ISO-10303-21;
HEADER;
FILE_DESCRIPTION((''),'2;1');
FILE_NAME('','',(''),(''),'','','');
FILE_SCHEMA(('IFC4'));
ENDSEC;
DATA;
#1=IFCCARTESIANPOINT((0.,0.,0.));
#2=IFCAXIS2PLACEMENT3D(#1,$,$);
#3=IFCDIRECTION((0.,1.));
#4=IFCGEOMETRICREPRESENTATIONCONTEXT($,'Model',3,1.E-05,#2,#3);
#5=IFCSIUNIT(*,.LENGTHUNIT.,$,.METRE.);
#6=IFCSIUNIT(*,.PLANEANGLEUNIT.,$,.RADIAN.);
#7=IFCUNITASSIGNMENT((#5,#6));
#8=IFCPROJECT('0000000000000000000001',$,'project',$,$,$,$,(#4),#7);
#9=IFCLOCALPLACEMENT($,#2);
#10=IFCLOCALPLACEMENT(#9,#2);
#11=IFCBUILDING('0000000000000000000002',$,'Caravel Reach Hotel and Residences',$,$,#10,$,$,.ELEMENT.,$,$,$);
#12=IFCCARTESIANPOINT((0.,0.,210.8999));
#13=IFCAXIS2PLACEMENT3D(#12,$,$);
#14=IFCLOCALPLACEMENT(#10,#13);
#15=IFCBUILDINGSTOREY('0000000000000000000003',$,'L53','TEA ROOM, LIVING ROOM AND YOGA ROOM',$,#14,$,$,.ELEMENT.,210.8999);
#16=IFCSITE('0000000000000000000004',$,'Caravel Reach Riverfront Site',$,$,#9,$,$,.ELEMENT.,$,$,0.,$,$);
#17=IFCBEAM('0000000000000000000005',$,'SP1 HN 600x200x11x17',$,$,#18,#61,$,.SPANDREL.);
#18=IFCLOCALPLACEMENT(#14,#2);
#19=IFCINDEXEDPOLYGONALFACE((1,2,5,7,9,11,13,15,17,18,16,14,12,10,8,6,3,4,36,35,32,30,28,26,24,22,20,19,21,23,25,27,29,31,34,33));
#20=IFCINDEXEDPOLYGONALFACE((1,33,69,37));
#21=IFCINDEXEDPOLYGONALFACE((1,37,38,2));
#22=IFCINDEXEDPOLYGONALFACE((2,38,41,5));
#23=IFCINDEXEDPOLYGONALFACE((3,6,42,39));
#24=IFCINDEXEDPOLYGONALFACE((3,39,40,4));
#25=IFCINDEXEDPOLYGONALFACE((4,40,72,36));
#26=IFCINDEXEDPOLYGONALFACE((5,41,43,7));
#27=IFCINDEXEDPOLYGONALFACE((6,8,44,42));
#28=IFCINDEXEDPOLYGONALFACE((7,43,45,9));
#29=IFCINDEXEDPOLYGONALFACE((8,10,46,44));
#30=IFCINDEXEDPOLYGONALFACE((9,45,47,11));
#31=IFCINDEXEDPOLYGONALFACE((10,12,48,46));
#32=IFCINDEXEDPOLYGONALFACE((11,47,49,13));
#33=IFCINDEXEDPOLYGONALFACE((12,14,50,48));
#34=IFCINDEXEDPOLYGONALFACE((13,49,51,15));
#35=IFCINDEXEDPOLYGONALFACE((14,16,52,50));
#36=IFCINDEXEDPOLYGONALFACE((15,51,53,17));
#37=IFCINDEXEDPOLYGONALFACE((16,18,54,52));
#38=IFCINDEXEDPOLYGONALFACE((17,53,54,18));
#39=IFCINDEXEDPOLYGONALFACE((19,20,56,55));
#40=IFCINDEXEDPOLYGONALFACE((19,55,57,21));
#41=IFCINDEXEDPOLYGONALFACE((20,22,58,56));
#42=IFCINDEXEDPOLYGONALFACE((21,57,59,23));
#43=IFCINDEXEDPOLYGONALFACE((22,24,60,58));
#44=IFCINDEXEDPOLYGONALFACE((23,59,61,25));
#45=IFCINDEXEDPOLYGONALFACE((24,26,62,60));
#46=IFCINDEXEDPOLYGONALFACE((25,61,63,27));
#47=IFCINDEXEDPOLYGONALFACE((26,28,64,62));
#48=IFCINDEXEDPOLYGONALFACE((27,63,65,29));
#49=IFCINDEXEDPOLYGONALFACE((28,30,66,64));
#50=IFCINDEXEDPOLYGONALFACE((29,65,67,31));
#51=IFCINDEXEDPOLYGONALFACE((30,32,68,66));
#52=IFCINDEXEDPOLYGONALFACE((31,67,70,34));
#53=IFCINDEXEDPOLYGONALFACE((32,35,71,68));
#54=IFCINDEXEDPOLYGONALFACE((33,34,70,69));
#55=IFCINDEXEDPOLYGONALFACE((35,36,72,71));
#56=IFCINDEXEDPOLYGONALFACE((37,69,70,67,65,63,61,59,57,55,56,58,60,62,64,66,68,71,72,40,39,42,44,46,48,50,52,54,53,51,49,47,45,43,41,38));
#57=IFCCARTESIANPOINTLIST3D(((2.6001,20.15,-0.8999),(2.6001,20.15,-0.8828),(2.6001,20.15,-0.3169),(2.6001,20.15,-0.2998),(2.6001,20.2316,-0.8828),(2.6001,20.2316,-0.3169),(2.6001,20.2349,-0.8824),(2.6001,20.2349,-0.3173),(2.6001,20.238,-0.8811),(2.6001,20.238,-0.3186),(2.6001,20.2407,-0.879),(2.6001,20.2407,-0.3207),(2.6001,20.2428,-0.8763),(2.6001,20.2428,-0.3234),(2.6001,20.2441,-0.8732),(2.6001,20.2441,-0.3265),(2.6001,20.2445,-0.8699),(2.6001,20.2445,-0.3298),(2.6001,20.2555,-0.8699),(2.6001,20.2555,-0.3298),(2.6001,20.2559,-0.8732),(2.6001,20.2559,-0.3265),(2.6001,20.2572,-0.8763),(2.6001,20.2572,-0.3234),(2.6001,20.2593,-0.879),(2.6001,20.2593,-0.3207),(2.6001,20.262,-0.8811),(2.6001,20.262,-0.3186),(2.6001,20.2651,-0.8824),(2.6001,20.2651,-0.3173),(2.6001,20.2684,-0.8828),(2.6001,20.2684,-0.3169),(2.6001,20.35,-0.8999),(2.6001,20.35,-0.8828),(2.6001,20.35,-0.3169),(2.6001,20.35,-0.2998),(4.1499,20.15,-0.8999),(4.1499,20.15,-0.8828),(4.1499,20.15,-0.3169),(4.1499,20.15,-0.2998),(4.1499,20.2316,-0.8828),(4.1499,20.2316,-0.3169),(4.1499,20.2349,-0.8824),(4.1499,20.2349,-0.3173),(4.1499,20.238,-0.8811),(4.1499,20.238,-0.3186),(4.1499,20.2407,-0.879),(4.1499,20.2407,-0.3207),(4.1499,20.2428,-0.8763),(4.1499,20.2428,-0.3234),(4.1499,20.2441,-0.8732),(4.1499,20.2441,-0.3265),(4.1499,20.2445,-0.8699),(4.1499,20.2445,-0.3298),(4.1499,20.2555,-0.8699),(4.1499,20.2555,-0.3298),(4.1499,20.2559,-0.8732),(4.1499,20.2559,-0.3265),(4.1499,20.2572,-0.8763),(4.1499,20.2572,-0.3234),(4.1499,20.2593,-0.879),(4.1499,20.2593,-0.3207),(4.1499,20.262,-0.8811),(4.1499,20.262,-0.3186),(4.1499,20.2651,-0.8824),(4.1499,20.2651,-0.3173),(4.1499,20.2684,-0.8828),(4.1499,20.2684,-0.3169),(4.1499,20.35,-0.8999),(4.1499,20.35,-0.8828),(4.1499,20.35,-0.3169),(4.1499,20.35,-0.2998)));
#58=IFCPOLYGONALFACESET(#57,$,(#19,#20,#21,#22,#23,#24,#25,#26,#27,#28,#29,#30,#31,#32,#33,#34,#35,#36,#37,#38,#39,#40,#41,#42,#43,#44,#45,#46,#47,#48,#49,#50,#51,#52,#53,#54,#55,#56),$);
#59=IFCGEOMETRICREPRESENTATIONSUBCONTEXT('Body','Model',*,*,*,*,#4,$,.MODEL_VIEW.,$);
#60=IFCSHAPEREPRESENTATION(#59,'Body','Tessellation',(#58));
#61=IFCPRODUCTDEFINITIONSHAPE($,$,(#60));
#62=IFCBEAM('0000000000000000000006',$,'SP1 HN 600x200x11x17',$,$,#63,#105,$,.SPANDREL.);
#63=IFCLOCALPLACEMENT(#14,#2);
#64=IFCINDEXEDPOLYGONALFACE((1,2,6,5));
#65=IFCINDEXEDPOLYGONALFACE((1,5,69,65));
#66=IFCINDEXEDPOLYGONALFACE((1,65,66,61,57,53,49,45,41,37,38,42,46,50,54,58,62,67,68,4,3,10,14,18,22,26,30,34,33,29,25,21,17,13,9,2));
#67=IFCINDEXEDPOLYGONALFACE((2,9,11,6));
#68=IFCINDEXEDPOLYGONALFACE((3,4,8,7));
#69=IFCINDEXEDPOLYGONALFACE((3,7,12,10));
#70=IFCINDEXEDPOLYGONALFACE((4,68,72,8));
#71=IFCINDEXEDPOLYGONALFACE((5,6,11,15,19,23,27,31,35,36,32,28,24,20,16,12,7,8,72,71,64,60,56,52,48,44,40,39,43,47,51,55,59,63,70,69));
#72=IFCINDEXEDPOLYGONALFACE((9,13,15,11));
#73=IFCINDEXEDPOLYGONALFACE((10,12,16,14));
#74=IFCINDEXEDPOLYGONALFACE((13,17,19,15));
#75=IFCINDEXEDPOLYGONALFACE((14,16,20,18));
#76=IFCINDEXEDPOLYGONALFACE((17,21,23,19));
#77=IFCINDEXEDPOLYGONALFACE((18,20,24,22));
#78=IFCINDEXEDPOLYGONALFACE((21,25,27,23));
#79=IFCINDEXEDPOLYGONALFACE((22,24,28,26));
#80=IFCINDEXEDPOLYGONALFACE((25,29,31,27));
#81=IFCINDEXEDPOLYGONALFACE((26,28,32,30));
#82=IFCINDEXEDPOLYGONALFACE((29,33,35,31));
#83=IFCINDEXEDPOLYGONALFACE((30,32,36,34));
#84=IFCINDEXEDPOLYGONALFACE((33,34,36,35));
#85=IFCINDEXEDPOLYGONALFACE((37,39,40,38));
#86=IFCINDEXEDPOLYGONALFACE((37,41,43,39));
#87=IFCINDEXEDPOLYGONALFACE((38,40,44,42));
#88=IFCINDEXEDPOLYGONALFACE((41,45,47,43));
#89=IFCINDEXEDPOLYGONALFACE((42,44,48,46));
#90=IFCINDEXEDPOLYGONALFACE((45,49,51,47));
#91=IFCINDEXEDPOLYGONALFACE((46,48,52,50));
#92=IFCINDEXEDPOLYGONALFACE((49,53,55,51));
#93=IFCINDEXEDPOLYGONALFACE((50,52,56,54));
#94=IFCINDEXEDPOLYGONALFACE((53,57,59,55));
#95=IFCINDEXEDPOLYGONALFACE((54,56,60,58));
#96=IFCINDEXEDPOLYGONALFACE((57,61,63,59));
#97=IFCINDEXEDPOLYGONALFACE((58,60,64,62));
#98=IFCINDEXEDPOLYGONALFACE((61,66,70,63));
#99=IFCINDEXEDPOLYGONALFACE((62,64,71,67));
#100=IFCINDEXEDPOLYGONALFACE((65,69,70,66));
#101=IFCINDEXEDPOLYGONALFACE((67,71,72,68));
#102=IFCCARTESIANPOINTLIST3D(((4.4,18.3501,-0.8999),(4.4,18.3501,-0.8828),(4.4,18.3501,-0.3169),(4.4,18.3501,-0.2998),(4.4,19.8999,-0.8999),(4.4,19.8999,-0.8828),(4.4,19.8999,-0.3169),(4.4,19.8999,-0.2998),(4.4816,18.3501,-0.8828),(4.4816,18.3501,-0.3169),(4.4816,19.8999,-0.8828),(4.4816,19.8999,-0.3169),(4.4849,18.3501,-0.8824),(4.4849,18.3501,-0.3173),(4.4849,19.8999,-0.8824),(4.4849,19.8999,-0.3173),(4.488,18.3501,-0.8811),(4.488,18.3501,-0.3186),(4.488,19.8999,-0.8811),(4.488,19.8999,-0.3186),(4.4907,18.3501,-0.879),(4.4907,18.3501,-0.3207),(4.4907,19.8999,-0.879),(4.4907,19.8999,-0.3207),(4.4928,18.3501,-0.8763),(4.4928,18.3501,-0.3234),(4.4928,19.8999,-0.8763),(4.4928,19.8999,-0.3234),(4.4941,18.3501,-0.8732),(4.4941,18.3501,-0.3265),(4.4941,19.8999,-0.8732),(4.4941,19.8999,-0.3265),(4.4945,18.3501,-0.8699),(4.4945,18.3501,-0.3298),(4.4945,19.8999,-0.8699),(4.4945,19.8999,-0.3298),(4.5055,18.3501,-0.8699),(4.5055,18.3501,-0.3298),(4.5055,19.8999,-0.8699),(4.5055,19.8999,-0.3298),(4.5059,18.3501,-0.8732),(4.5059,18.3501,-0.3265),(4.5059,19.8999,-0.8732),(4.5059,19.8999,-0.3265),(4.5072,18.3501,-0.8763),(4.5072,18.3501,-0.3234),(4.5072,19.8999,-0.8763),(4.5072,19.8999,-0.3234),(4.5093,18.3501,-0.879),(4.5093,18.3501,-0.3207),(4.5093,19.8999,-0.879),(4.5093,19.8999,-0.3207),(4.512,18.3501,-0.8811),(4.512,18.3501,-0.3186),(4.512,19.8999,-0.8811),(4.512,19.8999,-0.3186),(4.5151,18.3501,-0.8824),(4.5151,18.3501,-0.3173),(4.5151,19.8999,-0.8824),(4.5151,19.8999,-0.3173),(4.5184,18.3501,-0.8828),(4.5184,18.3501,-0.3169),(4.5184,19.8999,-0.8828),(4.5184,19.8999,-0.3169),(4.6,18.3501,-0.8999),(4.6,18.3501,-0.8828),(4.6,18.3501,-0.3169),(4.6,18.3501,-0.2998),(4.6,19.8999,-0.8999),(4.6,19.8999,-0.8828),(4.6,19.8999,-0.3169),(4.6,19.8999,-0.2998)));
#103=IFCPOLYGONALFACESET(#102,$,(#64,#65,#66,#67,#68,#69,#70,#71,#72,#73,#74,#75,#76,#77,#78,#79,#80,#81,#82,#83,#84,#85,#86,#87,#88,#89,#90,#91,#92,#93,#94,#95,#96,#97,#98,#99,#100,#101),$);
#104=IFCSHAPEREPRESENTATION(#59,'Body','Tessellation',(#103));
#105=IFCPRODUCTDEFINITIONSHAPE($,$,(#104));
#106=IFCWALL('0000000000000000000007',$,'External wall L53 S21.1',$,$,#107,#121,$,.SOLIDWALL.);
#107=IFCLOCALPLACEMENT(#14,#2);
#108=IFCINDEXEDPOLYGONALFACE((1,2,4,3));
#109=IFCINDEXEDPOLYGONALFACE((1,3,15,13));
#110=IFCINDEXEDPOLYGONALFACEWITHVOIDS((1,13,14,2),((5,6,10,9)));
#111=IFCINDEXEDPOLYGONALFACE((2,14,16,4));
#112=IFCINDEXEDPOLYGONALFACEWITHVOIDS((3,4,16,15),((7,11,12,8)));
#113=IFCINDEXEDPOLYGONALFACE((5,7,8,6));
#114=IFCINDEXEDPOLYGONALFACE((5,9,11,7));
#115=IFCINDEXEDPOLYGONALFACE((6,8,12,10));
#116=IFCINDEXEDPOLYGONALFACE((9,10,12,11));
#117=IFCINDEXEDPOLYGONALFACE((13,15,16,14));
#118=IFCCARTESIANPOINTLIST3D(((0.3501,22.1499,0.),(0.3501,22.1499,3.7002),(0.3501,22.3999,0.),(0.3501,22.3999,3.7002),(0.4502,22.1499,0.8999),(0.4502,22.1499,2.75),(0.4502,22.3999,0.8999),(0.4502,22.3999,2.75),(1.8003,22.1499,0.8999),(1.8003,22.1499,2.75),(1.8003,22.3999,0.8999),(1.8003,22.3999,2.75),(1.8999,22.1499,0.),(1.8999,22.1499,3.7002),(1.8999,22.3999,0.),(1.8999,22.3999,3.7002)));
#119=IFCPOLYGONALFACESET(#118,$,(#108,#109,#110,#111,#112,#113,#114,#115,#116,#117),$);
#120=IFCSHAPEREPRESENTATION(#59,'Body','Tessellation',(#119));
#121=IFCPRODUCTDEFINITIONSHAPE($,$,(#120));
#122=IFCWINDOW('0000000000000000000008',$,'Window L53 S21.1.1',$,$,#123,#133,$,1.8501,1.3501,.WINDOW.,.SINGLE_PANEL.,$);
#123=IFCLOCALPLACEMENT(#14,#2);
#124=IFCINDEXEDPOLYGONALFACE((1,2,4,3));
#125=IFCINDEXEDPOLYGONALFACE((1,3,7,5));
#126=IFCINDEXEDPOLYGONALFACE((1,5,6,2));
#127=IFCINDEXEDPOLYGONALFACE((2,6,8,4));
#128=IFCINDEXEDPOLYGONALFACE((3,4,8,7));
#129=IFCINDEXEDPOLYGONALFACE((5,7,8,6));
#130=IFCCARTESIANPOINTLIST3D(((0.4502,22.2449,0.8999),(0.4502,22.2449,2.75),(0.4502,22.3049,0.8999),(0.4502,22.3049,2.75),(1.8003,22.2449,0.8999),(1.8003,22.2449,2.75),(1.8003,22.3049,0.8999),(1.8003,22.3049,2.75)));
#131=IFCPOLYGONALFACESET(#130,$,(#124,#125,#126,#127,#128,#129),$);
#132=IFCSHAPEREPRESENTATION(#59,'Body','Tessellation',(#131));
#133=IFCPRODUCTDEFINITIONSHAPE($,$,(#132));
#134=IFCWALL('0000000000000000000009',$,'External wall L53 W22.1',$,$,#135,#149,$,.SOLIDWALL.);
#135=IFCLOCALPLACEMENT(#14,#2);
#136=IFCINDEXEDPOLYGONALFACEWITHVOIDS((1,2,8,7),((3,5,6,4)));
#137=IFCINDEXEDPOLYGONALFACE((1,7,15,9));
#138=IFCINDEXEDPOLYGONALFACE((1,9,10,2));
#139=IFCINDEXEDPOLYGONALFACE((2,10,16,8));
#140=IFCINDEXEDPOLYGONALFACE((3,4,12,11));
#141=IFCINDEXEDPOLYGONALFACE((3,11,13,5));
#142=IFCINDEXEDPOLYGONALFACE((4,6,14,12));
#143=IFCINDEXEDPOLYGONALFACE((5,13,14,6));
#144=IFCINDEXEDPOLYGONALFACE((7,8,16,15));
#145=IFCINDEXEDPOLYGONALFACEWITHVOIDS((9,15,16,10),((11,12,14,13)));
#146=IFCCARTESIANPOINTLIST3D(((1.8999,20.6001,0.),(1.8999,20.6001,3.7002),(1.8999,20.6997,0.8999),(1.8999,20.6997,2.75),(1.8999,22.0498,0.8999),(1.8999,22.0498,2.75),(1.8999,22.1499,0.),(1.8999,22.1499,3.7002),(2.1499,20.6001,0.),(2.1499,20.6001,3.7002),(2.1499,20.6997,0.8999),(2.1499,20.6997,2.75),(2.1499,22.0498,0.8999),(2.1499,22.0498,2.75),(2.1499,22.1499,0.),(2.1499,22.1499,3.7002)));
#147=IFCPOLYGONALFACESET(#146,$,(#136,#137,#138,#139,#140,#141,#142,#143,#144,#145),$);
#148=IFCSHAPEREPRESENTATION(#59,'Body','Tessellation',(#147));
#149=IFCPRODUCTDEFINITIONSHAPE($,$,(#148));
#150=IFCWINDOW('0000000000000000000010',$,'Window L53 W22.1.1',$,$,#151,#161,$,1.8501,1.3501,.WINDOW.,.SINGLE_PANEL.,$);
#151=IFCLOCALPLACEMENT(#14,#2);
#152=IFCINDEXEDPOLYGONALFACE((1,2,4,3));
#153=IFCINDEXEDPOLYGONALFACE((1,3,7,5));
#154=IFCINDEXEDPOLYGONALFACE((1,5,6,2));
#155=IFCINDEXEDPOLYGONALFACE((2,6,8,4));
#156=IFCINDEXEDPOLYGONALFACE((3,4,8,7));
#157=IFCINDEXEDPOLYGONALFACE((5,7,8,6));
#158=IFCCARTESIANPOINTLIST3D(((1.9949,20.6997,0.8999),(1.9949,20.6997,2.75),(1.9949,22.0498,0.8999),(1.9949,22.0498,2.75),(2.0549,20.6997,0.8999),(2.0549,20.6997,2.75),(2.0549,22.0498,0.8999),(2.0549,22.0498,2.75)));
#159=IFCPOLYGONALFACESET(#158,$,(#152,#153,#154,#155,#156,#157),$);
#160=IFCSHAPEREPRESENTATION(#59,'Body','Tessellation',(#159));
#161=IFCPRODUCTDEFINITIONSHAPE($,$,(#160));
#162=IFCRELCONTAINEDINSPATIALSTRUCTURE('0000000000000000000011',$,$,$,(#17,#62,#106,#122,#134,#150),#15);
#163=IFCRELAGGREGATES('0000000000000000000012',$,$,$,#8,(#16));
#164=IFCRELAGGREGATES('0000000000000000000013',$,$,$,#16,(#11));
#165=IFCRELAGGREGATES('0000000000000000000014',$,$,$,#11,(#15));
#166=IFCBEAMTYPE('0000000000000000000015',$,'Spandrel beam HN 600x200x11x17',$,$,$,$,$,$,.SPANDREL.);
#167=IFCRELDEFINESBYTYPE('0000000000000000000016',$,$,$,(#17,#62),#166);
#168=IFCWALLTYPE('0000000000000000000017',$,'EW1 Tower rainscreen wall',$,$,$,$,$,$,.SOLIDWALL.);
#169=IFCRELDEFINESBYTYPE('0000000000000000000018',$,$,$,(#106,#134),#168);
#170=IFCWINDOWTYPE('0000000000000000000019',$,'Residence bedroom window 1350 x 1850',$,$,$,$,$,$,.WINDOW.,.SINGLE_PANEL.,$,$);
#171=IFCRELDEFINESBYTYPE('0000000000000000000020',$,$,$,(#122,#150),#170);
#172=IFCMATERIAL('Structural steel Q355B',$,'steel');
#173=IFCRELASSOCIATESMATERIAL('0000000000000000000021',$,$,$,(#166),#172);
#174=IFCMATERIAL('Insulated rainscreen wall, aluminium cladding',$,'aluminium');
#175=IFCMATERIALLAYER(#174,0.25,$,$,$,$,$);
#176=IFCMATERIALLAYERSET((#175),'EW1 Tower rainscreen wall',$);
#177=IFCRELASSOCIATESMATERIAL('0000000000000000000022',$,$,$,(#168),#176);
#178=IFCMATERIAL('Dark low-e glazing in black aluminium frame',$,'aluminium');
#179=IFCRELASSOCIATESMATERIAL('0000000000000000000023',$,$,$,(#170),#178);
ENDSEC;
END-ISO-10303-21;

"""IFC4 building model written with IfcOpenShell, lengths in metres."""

from ifc_helpers import new_model, si_unit, direction, frame, frame_2d, origin, origin_2d, place, context, subcontext, project, spatial, rectangle, i_section, extrude, material, layer, layer_set, material_profile, profile_set, type_object, element, fill, save


model = new_model("IFC4")

# Units and contexts
model_context = context("Model", 3, precision=1e-05, world=origin(), true_north=direction((0.0, 1.0)))
body_context = subcontext(model_context, "Body", "Model", "MODEL_VIEW")
ifc_project = project(units=[si_unit("LENGTHUNIT", "METRE"), si_unit("PLANEANGLEUNIT", "RADIAN")], contexts=[model_context])

# Site, building, storey
site_placement = place(None, origin())
site = spatial("IfcSite", under=ifc_project, at=site_placement, Name="Caravel Reach Riverfront Site", CompositionType="ELEMENT", RefElevation=0.0)
building_placement = place(site_placement, origin())
building = spatial("IfcBuilding", under=site, at=building_placement, Name="Caravel Reach Hotel and Residences", CompositionType="ELEMENT")
storey_placement = place(building_placement, frame((0.0, 0.0, 210.8999)))
storey = spatial("IfcBuildingStorey", under=building, at=storey_placement, Name="L53", Description="TEA ROOM, LIVING ROOM AND YOGA ROOM", CompositionType="ELEMENT", Elevation=210.8999)

# Beams
ifc_material_1 = material(Name="Structural steel Q355B", Category="steel")
ifc_material_profile_1 = material_profile(ifc_material_1, i_section(OverallWidth=0.2, OverallDepth=0.6001, WebThickness=0.011, FlangeThickness=0.0171, FilletRadius=0.0129, at=origin_2d()), Name="HN 600x200x11x17")
ifc_profile_set_1 = profile_set([ifc_material_profile_1], Name="Structural steel Q355B")
beam_type = type_object("IfcBeamType", Name="Spandrel beam HN 600x200x11x17", PredefinedType="SPANDREL", material=ifc_profile_set_1)
for number, where, z_axis, x_axis, name in (
    (1, (2.6001, 20.25, -0.5999), (1.0, 0.0, 0.0), (0.0, 1.0, 0.0), "SP1 HN 600x200x11x17"),
    (2, (4.5, 19.8999, -0.5999), (0.0, -1.0, 0.0), (1.0, 0.0, 0.0), "SP1 HN 600x200x11x17"),
):
    element("IfcBeam", number, at=place(storey_placement, frame(where, z_axis=z_axis, x_axis=x_axis)), inside=storey, type_object=beam_type, Name=name, PredefinedType="SPANDREL", context=body_context, shape_type="SweptSolid", body=[
        extrude(i_section(OverallWidth=0.2, OverallDepth=0.6001, WebThickness=0.011, FlangeThickness=0.0171, FilletRadius=0.0129, at=origin_2d()), origin(), (0.0, 0.0, 1.0), 1.5498),
    ])

# Walls, openings, windows
ifc_material_2 = material(Name="Insulated rainscreen wall, aluminium cladding", Category="aluminium")
ifc_layer_1 = layer(ifc_material_2, 0.25)
ifc_layer_set_1 = layer_set([ifc_layer_1], Name="EW1 Tower rainscreen wall")
wall_type_1 = type_object("IfcWallType", Name="EW1 Tower rainscreen wall", PredefinedType="SOLIDWALL", material=ifc_layer_set_1)
wall_1_placement = place(storey_placement, frame((0.3501, 22.2749, 0.0), z_axis=(0.0, 0.0, 1.0), x_axis=(1.0, 0.0, 0.0)))
wall_1 = element("IfcWall", 3, at=wall_1_placement, inside=storey, type_object=wall_type_1, Name="External wall L53 S21.1", PredefinedType="SOLIDWALL", context=body_context, shape_type="SweptSolid", body=[
    extrude(rectangle(XDim=1.5498, YDim=0.25, at=frame_2d((0.7749, 0.0))), origin(), (0.0, 0.0, 1.0), 3.7002),
])
opening_1_placement = place(wall_1_placement, frame((0.1001, 0.0, 0.8999)))
opening_1 = element("IfcOpeningElement", 4, at=opening_1_placement, cuts=wall_1, PredefinedType="OPENING", context=body_context, shape_type="SweptSolid", body=[
    extrude(rectangle(XDim=1.3501, YDim=1.8501, at=frame_2d((0.675, 0.925))), frame((0.0, 0.135, 0.0), z_axis=(0.0, -1.0, 0.0), x_axis=(1.0, 0.0, 0.0)), (0.0, 0.0, 1.0), 0.27),
])
ifc_material_3 = material(Name="Dark low-e glazing in black aluminium frame", Category="aluminium")
window_type_1 = type_object("IfcWindowType", Name="Residence bedroom window 1350 x 1850", PartitioningType="SINGLE_PANEL", PredefinedType="WINDOW", material=ifc_material_3)
window_1_placement = place(opening_1_placement, origin())
window_1 = element("IfcWindow", 5, at=window_1_placement, inside=storey, type_object=window_type_1, Name="Window L53 S21.1.1", OverallHeight=1.8501, OverallWidth=1.3501, PartitioningType="SINGLE_PANEL", PredefinedType="WINDOW", context=body_context, shape_type="SweptSolid", body=[
    extrude(rectangle(XDim=1.3501, YDim=1.8501, at=frame_2d((0.675, 0.925))), frame((0.0, 0.03, 0.0), z_axis=(0.0, -1.0, 0.0), x_axis=(1.0, 0.0, 0.0)), (0.0, 0.0, 1.0), 0.0601),
])
fill(opening_1, window_1)
wall_2_placement = place(storey_placement, frame((2.0249, 22.1499, 0.0), z_axis=(0.0, 0.0, 1.0), x_axis=(0.0, -1.0, 0.0)))
wall_2 = element("IfcWall", 6, at=wall_2_placement, inside=storey, type_object=wall_type_1, Name="External wall L53 W22.1", PredefinedType="SOLIDWALL", context=body_context, shape_type="SweptSolid", body=[
    extrude(rectangle(XDim=1.5498, YDim=0.25, at=frame_2d((0.7749, 0.0))), origin(), (0.0, 0.0, 1.0), 3.7002),
])
opening_2_placement = place(wall_2_placement, frame((0.1001, 0.0, 0.8999)))
opening_2 = element("IfcOpeningElement", 7, at=opening_2_placement, cuts=wall_2, PredefinedType="OPENING", context=body_context, shape_type="SweptSolid", body=[
    extrude(rectangle(XDim=1.3501, YDim=1.8501, at=frame_2d((0.675, 0.925))), frame((0.0, 0.135, 0.0), z_axis=(0.0, -1.0, 0.0), x_axis=(1.0, 0.0, 0.0)), (0.0, 0.0, 1.0), 0.27),
])
window_2_placement = place(opening_2_placement, origin())
window_2 = element("IfcWindow", 8, at=window_2_placement, inside=storey, type_object=window_type_1, Name="Window L53 W22.1.1", OverallHeight=1.8501, OverallWidth=1.3501, PartitioningType="SINGLE_PANEL", PredefinedType="WINDOW", context=body_context, shape_type="SweptSolid", body=[
    extrude(rectangle(XDim=1.3501, YDim=1.8501, at=frame_2d((0.675, 0.925))), frame((0.0, 0.03, 0.0), z_axis=(0.0, -1.0, 0.0), x_axis=(1.0, 0.0, 0.0)), (0.0, 0.0, 1.0), 0.0601),
])
fill(opening_2, window_2)

save(model, "model.ifc")
